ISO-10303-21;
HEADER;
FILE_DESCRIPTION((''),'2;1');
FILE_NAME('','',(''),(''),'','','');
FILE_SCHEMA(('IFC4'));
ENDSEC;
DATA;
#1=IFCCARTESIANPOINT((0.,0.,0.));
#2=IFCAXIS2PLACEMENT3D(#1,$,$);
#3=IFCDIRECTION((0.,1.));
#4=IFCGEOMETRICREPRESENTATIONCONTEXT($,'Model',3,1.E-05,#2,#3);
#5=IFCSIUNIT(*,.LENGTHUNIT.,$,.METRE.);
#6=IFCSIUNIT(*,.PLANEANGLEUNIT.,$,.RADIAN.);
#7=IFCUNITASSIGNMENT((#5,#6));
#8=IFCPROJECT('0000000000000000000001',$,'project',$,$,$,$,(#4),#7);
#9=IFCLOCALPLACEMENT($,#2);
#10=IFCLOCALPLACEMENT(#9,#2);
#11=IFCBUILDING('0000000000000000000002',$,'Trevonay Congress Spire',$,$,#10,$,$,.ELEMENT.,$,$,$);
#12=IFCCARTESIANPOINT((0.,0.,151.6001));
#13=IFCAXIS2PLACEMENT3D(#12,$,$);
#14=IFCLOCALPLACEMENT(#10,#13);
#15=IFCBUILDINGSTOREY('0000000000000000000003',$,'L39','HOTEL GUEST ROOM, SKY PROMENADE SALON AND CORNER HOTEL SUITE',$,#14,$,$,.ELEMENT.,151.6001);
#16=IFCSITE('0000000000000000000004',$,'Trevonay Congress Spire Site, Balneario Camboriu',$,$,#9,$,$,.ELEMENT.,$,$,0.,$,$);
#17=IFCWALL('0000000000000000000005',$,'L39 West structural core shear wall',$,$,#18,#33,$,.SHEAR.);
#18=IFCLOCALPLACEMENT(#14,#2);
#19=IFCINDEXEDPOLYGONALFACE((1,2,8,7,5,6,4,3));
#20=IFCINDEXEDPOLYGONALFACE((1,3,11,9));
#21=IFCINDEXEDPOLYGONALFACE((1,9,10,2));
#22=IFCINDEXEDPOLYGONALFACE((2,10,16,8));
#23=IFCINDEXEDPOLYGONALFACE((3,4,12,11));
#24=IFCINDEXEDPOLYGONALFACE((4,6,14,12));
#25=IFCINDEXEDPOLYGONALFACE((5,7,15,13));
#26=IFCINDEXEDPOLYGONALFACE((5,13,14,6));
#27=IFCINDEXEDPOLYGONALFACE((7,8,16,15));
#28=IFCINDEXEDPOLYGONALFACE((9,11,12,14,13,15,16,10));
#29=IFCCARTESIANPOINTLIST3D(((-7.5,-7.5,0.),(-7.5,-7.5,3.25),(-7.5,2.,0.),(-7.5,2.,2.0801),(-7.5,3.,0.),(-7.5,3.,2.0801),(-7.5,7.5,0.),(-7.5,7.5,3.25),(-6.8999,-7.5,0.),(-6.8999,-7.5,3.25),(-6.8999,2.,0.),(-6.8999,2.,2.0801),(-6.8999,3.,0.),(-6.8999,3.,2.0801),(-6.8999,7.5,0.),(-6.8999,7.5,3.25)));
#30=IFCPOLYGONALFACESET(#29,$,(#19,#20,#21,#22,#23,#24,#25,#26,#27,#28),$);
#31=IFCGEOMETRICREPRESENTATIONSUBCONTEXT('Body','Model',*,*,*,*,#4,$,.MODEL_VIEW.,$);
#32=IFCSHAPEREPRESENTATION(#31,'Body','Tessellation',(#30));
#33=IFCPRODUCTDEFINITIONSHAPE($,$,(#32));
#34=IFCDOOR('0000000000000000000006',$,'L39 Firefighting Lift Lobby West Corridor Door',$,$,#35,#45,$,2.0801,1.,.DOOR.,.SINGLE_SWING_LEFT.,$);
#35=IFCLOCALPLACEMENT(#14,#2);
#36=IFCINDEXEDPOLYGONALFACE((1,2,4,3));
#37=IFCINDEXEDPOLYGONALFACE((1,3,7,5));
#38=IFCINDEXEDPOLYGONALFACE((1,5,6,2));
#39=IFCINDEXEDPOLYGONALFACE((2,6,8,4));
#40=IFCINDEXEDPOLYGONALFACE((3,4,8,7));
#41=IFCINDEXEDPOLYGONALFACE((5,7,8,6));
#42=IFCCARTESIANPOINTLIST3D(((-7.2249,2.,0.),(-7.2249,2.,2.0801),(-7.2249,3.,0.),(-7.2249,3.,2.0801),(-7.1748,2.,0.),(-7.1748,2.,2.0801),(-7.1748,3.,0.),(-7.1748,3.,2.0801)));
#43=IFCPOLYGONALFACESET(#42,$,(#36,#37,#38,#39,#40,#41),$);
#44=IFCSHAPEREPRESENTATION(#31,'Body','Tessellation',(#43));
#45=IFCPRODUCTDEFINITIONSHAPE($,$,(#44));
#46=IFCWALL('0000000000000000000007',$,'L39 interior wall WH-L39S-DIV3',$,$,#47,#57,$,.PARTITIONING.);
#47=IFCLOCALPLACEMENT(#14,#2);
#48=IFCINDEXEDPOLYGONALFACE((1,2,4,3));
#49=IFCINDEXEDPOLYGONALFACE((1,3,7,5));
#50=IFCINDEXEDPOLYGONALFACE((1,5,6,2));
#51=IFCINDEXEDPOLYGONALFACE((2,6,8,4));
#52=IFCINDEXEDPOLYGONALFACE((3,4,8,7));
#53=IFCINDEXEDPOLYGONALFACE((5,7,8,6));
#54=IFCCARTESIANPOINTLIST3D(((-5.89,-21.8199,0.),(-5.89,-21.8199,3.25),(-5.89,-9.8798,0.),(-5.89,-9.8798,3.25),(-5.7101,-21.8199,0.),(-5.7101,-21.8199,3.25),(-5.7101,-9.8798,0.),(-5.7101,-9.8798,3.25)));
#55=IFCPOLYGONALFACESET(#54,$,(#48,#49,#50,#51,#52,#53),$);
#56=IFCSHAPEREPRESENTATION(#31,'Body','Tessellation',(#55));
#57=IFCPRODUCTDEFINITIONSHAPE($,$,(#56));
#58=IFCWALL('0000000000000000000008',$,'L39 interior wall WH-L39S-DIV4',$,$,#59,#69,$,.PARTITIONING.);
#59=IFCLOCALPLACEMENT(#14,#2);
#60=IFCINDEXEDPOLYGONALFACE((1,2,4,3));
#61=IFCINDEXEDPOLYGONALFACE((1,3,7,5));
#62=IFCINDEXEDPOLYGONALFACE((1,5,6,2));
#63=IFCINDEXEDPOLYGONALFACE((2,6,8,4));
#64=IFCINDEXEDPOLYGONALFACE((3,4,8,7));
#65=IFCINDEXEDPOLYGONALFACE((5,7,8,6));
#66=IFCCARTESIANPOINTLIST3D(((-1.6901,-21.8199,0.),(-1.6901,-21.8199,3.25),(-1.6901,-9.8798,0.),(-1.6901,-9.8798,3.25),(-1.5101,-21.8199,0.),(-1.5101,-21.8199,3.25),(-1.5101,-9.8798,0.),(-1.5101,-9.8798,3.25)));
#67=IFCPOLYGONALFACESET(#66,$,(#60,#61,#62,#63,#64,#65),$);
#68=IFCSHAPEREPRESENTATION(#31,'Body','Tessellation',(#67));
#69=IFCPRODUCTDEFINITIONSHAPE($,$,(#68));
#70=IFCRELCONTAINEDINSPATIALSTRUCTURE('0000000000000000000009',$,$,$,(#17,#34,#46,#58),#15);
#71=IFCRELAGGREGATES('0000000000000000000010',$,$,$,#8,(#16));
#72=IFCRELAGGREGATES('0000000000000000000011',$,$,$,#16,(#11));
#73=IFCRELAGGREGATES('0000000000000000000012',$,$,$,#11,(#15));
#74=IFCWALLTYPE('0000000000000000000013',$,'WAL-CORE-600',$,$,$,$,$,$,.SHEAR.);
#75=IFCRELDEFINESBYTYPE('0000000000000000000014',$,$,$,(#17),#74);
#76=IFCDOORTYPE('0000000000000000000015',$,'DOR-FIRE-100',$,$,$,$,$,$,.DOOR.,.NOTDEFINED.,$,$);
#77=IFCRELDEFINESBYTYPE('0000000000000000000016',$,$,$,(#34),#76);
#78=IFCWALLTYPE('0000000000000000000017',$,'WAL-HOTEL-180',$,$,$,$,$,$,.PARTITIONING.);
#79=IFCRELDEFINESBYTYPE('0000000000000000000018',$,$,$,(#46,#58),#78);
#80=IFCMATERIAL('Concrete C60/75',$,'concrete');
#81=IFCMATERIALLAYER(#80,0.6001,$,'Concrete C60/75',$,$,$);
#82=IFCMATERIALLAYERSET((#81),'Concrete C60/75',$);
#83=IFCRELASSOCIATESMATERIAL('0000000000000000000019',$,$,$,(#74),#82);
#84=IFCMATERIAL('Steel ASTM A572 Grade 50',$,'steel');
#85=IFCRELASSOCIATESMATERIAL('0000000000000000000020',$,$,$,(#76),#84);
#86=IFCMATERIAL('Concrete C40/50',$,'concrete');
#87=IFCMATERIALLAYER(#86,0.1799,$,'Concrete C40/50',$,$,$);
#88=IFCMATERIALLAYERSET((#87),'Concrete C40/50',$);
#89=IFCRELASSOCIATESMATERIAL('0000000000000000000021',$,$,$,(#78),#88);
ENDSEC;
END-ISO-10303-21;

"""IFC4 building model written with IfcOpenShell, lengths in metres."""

from ifc_helpers import new_model, si_unit, direction, frame, frame_2d, origin, place, context, subcontext, project, spatial, rectangle, extrude, material, layer, layer_set, type_object, element, fill, save


model = new_model("IFC4")

# Units and contexts
model_context = context("Model", 3, precision=1e-05, world=origin(), true_north=direction((0.0, 1.0)))
body_context = subcontext(model_context, "Body", "Model", "MODEL_VIEW")
ifc_project = project(units=[si_unit("LENGTHUNIT", "METRE"), si_unit("PLANEANGLEUNIT", "RADIAN")], contexts=[model_context])

# Site, building, storey
site_placement = place(None, origin())
site = spatial("IfcSite", under=ifc_project, at=site_placement, Name="Trevonay Congress Spire Site, Balneario Camboriu", CompositionType="ELEMENT", RefElevation=0.0)
building_placement = place(site_placement, origin())
building = spatial("IfcBuilding", under=site, at=building_placement, Name="Trevonay Congress Spire", CompositionType="ELEMENT")
storey_placement = place(building_placement, frame((0.0, 0.0, 151.6001)))
storey = spatial("IfcBuildingStorey", under=building, at=storey_placement, Name="L39", Description="HOTEL GUEST ROOM, SKY PROMENADE SALON AND CORNER HOTEL SUITE", CompositionType="ELEMENT", Elevation=151.6001)

# Shared definitions
ifc_material_1 = material(Name="Steel ASTM A572 Grade 50", Category="steel")

# Shared definitions
ifc_material_2 = material(Name="Concrete C40/50", Category="concrete")

# Wall, opening, door
ifc_material_3 = material(Name="Concrete C60/75", Category="concrete")
ifc_layer_1 = layer(ifc_material_3, 0.6001, Name="Concrete C60/75")
ifc_layer_set_1 = layer_set([ifc_layer_1], Name="Concrete C60/75")
wall_type_1 = type_object("IfcWallType", Name="WAL-CORE-600", PredefinedType="SHEAR", material=ifc_layer_set_1)
wall_1_placement = place(storey_placement, frame((-7.2, -7.5, 0.0), z_axis=(0.0, 0.0, 1.0), x_axis=(0.0, 1.0, 0.0)))
wall_1 = element("IfcWall", 1, at=wall_1_placement, inside=storey, type_object=wall_type_1, Name="L39 West structural core shear wall", PredefinedType="SHEAR", context=body_context, shape_type="SweptSolid", body=[
    extrude(rectangle(XDim=15.0, YDim=0.6001, at=frame_2d((7.5, 0.0))), origin(), (0.0, 0.0, 1.0), 3.25),
])
opening_1_placement = place(wall_1_placement, frame((9.5, 0.0, 0.0)))
opening_1 = element("IfcOpeningElement", 2, at=opening_1_placement, cuts=wall_1, PredefinedType="OPENING", context=body_context, shape_type="SweptSolid", body=[
    extrude(rectangle(XDim=1.0, YDim=2.0801, at=frame_2d((0.5, 1.04))), frame((0.0, 0.3101, 0.0), z_axis=(0.0, -1.0, 0.0), x_axis=(1.0, 0.0, 0.0)), (0.0, 0.0, 1.0), 0.6201),
])
door_type_1 = type_object("IfcDoorType", Name="DOR-FIRE-100", OperationType="NOTDEFINED", PredefinedType="DOOR", material=ifc_material_1)
door_1_placement = place(opening_1_placement, origin())
door_1 = element("IfcDoor", 3, at=door_1_placement, inside=storey, type_object=door_type_1, Name="L39 Firefighting Lift Lobby West Corridor Door", OperationType="SINGLE_SWING_LEFT", OverallHeight=2.0801, OverallWidth=1.0, PredefinedType="DOOR", context=body_context, shape_type="SweptSolid", body=[
    extrude(rectangle(XDim=1.0, YDim=2.0801, at=frame_2d((0.5, 1.04))), frame((0.0, 0.0249, 0.0), z_axis=(0.0, -1.0, 0.0), x_axis=(1.0, 0.0, 0.0)), (0.0, 0.0, 1.0), 0.05),
])
fill(opening_1, door_1)

# Walls
ifc_layer_2 = layer(ifc_material_2, 0.1799, Name="Concrete C40/50")
ifc_layer_set_2 = layer_set([ifc_layer_2], Name="Concrete C40/50")
wall_type_2 = type_object("IfcWallType", Name="WAL-HOTEL-180", PredefinedType="PARTITIONING", material=ifc_layer_set_2)
for number, where, z_axis, x_axis, name in (
    (4, (-5.8, -21.8201, 0.0), (0.0, 0.0, 1.0), (0.0, 1.0, 0.0), "L39 interior wall WH-L39S-DIV3"),
    (5, (-1.6001, -21.8201, 0.0), (0.0, 0.0, 1.0), (0.0, 1.0, 0.0), "L39 interior wall WH-L39S-DIV4"),
):
    element("IfcWall", number, at=place(storey_placement, frame(where, z_axis=z_axis, x_axis=x_axis)), inside=storey, type_object=wall_type_2, Name=name, PredefinedType="PARTITIONING", context=body_context, shape_type="SweptSolid", body=[
        extrude(rectangle(XDim=11.9402, YDim=0.1799, at=frame_2d((5.9702, 0.0))), origin(), (0.0, 0.0, 1.0), 3.25),
    ])

save(model, "model.ifc")
